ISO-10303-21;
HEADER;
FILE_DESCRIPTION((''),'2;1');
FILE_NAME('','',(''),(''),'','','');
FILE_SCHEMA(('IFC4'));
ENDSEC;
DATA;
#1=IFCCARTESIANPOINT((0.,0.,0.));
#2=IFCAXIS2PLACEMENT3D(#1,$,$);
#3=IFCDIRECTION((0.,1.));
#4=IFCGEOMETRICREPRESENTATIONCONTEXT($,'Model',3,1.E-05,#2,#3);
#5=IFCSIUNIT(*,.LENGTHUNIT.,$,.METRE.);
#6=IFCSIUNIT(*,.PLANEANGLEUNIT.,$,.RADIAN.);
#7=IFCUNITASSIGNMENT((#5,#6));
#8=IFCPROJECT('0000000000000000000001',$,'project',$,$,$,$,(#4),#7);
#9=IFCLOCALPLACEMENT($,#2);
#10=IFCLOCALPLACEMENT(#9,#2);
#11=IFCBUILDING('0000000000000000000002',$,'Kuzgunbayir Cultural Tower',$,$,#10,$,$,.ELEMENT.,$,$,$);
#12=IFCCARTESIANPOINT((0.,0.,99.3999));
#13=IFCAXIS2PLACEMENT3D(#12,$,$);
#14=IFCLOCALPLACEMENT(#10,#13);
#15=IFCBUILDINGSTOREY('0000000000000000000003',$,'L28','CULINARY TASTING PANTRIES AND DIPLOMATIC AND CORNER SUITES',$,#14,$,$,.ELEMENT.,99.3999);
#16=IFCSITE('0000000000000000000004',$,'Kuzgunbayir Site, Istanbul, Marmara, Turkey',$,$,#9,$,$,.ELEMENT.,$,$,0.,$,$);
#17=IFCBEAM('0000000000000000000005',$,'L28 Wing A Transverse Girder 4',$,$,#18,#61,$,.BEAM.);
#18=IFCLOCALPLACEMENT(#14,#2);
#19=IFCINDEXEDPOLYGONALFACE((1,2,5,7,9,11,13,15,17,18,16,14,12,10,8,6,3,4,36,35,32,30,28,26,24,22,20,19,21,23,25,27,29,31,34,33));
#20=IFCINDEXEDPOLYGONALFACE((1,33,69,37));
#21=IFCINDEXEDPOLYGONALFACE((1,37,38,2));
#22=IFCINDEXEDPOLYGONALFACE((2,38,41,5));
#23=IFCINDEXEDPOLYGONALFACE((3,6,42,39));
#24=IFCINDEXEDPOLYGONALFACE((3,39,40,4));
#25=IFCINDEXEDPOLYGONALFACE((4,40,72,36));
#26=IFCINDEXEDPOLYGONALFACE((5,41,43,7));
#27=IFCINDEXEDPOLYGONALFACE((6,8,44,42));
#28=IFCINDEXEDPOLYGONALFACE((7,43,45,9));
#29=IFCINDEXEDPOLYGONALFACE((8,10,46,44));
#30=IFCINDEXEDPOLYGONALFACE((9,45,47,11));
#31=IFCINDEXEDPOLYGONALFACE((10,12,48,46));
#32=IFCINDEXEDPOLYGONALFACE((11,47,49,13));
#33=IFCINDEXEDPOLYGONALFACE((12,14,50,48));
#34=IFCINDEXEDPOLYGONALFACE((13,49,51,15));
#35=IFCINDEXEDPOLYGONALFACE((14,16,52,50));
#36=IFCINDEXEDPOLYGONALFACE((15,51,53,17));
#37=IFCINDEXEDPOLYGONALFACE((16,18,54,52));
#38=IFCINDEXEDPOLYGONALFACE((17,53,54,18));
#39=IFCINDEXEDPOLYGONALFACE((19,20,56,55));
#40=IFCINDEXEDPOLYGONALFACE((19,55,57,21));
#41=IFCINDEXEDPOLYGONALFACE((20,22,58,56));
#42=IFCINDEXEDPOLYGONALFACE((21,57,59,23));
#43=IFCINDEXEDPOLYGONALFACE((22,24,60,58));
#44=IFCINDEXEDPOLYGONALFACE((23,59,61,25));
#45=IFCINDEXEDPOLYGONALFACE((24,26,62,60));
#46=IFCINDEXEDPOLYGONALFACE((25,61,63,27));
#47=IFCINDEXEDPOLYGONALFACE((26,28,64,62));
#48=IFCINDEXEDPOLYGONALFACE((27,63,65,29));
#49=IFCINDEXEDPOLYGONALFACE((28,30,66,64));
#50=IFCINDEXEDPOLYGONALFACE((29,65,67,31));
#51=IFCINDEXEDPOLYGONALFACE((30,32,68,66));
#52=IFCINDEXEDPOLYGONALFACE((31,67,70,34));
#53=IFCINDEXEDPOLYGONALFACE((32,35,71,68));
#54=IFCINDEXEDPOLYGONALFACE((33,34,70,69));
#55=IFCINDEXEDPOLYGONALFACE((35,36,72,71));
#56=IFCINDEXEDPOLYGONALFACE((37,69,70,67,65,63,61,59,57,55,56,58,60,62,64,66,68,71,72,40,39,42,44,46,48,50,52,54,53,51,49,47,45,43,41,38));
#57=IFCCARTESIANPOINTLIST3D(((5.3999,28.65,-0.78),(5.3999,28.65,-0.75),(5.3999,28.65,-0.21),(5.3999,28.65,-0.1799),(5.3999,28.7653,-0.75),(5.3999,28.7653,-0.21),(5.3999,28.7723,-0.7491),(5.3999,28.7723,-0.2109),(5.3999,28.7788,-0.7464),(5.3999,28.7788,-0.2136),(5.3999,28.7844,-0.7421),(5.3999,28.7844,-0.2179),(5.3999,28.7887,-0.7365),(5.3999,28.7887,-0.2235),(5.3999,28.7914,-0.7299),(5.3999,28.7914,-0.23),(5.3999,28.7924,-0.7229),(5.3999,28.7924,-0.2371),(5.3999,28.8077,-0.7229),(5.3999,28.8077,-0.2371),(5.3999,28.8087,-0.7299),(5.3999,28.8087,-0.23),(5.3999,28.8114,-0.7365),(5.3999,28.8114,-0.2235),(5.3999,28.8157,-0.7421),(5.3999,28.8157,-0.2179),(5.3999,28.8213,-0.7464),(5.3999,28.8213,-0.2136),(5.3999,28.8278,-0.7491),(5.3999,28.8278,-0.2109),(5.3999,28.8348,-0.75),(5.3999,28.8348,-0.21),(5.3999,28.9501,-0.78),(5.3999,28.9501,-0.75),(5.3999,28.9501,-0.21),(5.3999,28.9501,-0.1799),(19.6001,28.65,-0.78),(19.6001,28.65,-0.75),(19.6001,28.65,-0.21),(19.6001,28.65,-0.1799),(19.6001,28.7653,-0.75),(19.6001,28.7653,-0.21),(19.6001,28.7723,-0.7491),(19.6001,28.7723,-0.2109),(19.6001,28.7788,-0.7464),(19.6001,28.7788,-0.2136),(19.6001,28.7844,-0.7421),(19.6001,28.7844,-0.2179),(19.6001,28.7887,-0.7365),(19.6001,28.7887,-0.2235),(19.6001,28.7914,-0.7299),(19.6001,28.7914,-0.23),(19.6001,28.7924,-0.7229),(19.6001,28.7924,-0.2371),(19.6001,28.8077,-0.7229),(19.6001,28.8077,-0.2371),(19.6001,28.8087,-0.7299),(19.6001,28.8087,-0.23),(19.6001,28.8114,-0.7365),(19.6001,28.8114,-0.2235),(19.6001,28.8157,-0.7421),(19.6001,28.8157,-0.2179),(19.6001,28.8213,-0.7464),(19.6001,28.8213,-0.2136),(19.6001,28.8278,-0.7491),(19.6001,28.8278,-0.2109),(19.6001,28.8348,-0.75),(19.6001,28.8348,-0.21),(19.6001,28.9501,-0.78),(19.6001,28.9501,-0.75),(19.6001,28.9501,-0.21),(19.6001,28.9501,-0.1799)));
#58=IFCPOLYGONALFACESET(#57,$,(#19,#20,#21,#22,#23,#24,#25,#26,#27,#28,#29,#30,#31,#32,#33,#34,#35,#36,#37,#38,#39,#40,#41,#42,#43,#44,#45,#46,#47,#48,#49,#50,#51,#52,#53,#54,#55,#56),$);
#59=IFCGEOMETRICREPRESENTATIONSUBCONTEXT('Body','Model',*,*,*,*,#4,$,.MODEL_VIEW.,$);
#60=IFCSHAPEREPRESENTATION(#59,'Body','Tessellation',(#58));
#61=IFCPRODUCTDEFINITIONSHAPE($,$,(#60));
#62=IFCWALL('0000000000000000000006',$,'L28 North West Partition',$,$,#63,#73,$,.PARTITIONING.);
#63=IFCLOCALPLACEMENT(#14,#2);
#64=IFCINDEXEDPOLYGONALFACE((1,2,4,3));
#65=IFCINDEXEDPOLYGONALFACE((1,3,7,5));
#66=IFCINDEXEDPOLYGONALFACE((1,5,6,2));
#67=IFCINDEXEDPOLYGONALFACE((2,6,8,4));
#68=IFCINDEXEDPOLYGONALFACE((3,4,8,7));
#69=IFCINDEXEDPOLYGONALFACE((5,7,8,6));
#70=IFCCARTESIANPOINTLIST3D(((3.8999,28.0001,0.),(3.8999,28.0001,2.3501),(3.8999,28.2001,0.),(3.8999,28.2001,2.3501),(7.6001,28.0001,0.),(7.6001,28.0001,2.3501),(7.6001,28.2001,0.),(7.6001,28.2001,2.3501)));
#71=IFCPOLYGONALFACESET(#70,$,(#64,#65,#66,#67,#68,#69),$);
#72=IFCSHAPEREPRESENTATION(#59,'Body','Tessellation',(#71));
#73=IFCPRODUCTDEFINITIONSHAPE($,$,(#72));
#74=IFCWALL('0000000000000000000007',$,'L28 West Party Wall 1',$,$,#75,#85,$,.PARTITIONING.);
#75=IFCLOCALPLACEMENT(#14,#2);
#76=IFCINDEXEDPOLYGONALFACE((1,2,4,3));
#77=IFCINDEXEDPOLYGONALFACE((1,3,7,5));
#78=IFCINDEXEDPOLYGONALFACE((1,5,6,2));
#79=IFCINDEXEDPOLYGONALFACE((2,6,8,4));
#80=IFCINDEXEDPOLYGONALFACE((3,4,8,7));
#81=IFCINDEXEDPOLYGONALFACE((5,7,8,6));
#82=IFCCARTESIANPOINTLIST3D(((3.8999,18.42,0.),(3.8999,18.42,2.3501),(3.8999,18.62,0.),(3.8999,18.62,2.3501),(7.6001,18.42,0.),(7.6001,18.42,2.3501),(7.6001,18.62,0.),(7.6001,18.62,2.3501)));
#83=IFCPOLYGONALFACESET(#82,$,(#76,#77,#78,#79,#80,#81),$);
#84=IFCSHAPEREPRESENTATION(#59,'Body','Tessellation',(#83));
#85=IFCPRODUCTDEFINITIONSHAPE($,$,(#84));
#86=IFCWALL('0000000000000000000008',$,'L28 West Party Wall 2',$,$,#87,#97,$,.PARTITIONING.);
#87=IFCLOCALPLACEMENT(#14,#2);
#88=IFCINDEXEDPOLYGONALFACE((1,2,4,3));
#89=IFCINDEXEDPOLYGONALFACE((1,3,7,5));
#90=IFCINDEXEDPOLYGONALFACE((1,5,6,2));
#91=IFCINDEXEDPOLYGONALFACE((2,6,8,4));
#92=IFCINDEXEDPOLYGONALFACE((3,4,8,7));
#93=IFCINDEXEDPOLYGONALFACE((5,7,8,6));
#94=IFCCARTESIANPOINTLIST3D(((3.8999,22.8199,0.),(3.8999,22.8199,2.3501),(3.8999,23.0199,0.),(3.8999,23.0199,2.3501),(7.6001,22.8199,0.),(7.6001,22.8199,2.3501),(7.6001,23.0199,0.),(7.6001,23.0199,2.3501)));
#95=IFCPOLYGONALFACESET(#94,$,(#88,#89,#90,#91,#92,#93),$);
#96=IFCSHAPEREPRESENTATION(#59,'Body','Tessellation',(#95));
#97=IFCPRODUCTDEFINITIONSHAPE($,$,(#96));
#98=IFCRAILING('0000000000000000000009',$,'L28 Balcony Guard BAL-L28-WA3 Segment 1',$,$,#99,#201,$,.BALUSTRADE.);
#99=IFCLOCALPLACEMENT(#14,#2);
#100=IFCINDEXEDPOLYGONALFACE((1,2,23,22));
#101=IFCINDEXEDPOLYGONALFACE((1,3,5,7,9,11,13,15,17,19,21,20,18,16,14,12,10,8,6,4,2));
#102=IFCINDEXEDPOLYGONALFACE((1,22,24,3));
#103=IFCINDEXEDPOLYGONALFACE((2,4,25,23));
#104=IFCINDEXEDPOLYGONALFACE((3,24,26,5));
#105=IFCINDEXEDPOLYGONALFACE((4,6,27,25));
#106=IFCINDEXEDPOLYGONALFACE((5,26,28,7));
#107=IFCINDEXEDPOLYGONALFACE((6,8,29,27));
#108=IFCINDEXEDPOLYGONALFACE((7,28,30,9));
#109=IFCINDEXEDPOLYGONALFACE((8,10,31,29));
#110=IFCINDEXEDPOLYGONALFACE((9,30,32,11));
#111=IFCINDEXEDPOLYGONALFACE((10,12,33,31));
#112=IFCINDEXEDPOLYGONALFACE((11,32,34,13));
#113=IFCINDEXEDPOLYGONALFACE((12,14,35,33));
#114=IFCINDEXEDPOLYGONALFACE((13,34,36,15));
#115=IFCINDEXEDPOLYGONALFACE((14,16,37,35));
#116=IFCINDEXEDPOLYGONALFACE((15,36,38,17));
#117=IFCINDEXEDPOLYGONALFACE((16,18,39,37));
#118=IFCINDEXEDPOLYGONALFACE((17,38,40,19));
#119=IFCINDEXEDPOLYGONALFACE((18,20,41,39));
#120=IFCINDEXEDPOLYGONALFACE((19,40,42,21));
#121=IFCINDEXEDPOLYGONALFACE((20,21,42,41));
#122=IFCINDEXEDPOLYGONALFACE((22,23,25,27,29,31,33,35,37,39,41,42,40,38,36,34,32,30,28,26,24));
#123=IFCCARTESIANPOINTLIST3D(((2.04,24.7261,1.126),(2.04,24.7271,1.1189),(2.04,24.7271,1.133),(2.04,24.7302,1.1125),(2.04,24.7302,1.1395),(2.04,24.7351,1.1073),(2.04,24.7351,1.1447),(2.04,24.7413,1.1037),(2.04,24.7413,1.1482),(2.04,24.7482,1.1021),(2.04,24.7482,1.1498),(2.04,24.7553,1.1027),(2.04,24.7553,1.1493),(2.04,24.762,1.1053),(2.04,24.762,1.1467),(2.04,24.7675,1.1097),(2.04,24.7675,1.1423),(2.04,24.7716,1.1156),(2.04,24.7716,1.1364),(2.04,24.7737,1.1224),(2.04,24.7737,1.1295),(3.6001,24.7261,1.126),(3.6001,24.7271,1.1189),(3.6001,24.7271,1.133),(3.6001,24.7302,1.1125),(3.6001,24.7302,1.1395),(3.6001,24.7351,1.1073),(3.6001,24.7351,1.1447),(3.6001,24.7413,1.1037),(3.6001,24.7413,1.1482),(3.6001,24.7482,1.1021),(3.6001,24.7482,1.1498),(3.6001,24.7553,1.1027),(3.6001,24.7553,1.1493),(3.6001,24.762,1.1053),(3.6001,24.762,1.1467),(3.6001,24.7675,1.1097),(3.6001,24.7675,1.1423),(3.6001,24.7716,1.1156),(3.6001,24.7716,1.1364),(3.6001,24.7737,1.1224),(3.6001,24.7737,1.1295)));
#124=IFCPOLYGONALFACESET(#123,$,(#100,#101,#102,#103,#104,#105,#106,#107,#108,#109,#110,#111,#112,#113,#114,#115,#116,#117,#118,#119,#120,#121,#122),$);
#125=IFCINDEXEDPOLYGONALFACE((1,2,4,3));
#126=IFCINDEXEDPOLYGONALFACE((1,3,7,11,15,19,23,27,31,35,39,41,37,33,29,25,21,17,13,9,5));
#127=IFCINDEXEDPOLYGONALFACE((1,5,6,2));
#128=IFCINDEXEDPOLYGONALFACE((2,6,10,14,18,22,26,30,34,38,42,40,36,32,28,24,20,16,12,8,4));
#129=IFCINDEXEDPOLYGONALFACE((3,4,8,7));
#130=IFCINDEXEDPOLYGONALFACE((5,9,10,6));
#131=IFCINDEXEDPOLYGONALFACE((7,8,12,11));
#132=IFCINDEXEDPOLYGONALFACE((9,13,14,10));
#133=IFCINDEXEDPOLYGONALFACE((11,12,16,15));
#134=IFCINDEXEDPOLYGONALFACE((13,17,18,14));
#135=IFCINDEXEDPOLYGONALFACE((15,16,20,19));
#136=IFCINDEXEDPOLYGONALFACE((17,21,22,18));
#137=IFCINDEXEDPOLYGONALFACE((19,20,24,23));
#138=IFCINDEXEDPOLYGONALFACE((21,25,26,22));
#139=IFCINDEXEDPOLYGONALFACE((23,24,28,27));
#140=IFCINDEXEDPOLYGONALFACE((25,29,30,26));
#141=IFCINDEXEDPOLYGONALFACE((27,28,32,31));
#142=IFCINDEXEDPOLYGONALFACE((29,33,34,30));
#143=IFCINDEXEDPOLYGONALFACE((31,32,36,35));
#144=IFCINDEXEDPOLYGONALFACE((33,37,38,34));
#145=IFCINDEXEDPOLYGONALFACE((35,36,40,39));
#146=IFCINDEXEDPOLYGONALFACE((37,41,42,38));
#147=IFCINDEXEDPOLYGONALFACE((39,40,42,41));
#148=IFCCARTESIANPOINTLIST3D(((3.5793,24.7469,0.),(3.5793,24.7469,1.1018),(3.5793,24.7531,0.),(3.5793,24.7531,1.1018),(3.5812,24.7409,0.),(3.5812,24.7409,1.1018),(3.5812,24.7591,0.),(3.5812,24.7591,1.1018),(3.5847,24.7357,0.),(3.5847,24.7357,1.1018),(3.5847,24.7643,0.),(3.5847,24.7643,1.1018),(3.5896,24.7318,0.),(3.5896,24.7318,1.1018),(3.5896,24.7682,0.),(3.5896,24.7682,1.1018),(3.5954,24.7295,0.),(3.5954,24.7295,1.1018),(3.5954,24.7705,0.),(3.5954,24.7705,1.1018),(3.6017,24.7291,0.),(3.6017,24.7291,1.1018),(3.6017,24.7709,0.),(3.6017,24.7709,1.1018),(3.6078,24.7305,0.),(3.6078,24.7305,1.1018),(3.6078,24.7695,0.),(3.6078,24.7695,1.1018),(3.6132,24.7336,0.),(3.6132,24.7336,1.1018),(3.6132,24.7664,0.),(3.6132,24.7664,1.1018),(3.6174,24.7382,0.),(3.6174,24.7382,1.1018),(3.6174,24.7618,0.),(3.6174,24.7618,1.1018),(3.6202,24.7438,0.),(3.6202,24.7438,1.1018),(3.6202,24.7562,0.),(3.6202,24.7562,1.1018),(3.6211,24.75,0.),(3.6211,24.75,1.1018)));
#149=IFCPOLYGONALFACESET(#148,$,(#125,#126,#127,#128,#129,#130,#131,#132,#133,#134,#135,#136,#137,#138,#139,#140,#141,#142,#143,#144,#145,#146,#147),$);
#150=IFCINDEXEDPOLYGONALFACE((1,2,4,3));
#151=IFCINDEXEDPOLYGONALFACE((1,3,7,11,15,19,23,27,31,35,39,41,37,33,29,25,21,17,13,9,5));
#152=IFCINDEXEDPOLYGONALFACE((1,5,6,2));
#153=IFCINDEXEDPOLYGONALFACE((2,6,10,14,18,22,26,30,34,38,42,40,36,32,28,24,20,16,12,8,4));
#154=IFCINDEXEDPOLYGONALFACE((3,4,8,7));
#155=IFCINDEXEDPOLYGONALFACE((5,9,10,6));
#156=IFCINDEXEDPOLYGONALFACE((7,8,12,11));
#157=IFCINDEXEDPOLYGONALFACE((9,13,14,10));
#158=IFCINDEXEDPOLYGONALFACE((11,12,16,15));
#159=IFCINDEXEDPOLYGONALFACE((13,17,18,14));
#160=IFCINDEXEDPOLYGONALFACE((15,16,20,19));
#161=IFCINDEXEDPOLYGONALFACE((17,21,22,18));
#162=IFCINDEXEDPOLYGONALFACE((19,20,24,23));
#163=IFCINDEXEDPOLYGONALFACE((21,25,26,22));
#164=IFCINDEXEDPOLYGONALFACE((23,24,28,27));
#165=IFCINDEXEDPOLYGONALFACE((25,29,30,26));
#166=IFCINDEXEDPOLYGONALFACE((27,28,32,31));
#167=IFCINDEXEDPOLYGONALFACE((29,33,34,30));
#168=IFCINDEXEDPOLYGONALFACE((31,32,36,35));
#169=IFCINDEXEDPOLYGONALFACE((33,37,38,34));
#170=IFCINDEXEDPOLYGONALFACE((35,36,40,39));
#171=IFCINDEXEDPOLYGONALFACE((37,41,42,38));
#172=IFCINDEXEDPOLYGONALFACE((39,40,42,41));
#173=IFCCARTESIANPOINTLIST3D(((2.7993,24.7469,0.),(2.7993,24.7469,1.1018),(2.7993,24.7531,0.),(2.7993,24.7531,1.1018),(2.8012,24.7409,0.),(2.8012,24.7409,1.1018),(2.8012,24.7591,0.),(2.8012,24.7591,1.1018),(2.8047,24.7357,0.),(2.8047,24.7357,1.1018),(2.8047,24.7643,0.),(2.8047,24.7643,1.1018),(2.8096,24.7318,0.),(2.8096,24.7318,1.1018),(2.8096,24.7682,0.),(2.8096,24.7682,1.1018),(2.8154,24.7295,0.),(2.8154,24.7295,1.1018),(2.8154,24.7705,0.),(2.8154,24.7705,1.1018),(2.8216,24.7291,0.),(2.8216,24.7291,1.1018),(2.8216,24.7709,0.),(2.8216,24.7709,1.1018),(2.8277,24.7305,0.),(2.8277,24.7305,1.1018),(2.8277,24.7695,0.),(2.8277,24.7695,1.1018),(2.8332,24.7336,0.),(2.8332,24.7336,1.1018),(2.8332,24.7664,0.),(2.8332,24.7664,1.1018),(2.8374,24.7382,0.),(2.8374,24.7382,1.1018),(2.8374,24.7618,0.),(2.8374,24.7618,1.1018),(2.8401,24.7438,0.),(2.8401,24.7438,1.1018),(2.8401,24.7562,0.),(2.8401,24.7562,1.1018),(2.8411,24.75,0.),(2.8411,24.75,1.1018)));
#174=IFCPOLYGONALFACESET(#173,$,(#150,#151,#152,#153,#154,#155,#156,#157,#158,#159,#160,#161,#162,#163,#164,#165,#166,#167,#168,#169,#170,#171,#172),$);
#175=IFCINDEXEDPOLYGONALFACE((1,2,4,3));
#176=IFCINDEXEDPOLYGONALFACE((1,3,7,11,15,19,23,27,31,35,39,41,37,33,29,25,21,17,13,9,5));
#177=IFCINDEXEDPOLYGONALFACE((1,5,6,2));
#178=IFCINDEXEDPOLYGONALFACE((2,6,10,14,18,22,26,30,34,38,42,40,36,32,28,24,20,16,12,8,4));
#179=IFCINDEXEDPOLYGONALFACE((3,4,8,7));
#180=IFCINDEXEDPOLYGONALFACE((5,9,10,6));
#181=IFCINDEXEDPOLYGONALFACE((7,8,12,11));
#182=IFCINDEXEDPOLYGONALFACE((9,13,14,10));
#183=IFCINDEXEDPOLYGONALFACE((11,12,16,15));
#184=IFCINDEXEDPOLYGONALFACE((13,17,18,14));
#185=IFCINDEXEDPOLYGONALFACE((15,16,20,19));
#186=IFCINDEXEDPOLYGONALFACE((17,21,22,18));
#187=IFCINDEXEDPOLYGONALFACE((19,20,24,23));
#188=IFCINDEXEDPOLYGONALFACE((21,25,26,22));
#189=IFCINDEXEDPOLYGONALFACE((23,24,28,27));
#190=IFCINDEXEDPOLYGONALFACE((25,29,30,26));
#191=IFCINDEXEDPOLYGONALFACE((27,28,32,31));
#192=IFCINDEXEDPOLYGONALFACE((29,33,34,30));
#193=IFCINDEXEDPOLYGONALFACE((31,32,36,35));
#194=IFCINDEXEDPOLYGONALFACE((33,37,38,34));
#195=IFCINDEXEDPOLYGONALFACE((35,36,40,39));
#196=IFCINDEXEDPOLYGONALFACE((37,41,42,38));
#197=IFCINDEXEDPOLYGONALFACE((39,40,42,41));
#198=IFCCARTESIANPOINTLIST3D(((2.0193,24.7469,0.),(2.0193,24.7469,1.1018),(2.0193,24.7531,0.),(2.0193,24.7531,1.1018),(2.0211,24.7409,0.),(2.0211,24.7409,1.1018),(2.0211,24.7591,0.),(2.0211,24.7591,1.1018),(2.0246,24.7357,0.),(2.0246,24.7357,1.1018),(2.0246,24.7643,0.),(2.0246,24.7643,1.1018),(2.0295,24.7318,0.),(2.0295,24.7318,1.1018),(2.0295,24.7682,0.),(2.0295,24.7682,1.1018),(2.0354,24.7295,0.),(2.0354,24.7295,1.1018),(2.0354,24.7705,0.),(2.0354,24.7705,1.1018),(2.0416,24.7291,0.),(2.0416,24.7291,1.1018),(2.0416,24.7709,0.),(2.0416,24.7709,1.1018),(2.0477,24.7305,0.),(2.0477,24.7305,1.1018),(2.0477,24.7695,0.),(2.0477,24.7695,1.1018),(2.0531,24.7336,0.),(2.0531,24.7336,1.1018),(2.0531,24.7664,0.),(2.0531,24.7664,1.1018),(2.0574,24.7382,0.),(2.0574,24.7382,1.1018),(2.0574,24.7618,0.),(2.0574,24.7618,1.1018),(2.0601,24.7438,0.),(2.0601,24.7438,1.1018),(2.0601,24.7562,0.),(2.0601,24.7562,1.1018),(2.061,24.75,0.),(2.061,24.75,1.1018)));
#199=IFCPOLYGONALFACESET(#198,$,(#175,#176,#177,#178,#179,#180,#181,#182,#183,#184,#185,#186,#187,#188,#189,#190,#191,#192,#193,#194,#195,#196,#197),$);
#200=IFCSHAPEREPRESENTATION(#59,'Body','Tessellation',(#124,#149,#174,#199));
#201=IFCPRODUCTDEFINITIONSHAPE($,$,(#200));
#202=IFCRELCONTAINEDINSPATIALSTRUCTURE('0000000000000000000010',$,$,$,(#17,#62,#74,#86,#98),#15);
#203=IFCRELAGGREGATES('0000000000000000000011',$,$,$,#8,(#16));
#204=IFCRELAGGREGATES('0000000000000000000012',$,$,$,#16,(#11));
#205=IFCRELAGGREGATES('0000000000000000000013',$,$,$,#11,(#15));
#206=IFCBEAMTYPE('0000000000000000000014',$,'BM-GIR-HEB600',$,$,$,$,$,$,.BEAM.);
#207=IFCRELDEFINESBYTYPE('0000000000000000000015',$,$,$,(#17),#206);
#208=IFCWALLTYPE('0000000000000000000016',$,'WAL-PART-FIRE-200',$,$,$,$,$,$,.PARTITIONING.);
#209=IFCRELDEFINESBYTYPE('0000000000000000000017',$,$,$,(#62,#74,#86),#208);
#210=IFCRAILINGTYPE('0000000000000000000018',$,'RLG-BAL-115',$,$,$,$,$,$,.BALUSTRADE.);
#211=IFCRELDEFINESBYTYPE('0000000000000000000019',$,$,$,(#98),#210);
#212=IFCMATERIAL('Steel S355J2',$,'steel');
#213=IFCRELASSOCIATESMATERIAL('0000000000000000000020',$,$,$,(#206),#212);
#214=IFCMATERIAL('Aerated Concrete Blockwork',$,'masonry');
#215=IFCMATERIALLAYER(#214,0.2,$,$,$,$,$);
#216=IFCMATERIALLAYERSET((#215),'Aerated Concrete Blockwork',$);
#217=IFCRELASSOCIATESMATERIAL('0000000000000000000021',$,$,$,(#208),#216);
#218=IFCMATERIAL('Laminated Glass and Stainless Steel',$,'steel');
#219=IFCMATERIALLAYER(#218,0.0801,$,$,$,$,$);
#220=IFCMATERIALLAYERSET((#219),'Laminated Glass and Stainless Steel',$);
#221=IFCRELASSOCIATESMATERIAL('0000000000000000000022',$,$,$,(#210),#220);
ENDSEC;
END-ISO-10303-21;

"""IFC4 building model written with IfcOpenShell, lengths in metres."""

from ifc_helpers import new_model, si_unit, direction, frame, frame_2d, origin, origin_2d, place, context, subcontext, project, spatial, rectangle, circle, i_section, extrude, material, layer, layer_set, material_profile, profile_set, type_object, element, save


model = new_model("IFC4")

# Units and contexts
model_context = context("Model", 3, precision=1e-05, world=origin(), true_north=direction((0.0, 1.0)))
body_context = subcontext(model_context, "Body", "Model", "MODEL_VIEW")
ifc_project = project(units=[si_unit("LENGTHUNIT", "METRE"), si_unit("PLANEANGLEUNIT", "RADIAN")], contexts=[model_context])

# Site, building, storey
site_placement = place(None, origin())
site = spatial("IfcSite", under=ifc_project, at=site_placement, Name="Kuzgunbayir Site, Istanbul, Marmara, Turkey", CompositionType="ELEMENT", RefElevation=0.0)
building_placement = place(site_placement, origin())
building = spatial("IfcBuilding", under=site, at=building_placement, Name="Kuzgunbayir Cultural Tower", CompositionType="ELEMENT")
storey_placement = place(building_placement, frame((0.0, 0.0, 99.3999)))
storey = spatial("IfcBuildingStorey", under=building, at=storey_placement, Name="L28", Description="CULINARY TASTING PANTRIES AND DIPLOMATIC AND CORNER SUITES", CompositionType="ELEMENT", Elevation=99.3999)

# Beam
ifc_material_1 = material(Name="Steel S355J2", Category="steel")
ifc_material_profile_1 = material_profile(ifc_material_1, i_section(OverallWidth=0.3, OverallDepth=0.6001, WebThickness=0.0154, FlangeThickness=0.03, FilletRadius=0.0271, at=origin_2d()), Name="HEB 600")
ifc_profile_set_1 = profile_set([ifc_material_profile_1], Name="Steel S355J2")
beam_type_1 = type_object("IfcBeamType", Name="BM-GIR-HEB600", PredefinedType="BEAM", material=ifc_profile_set_1)
for number, where, z_axis, x_axis, name in (
    (1, (5.3999, 28.8, -0.48), (1.0, 0.0, 0.0), (0.0, 1.0, 0.0), "L28 Wing A Transverse Girder 4"),
):
    element("IfcBeam", number, at=place(storey_placement, frame(where, z_axis=z_axis, x_axis=x_axis)), inside=storey, type_object=beam_type_1, Name=name, PredefinedType="BEAM", context=body_context, shape_type="SweptSolid", body=[
        extrude(i_section(OverallWidth=0.3, OverallDepth=0.6001, WebThickness=0.0154, FlangeThickness=0.03, FilletRadius=0.0271, at=origin_2d()), origin(), (0.0, 0.0, 1.0), 14.2002),
    ])

# Walls
ifc_material_2 = material(Name="Aerated Concrete Blockwork", Category="masonry")
ifc_layer_1 = layer(ifc_material_2, 0.2)
ifc_layer_set_1 = layer_set([ifc_layer_1], Name="Aerated Concrete Blockwork")
wall_type = type_object("IfcWallType", Name="WAL-PART-FIRE-200", PredefinedType="PARTITIONING", material=ifc_layer_set_1)
for number, where, z_axis, x_axis, name in (
    (2, (3.8999, 28.1001, 0.0), (0.0, 0.0, 1.0), (1.0, 0.0, 0.0), "L28 North West Partition"),
    (3, (3.8999, 18.52, 0.0), (0.0, 0.0, 1.0), (1.0, 0.0, 0.0), "L28 West Party Wall 1"),
    (4, (3.8999, 22.9199, 0.0), (0.0, 0.0, 1.0), (1.0, 0.0, 0.0), "L28 West Party Wall 2"),
):
    element("IfcWall", number, at=place(storey_placement, frame(where, z_axis=z_axis, x_axis=x_axis)), inside=storey, type_object=wall_type, Name=name, PredefinedType="PARTITIONING", context=body_context, shape_type="SweptSolid", body=[
        extrude(rectangle(XDim=3.7002, YDim=0.2, at=frame_2d((1.8501, 0.0))), origin(), (0.0, 0.0, 1.0), 2.3501),
    ])

# Railing
ifc_material_3 = material(Name="Laminated Glass and Stainless Steel", Category="steel")
ifc_layer_2 = layer(ifc_material_3, 0.0801)
ifc_layer_set_2 = layer_set([ifc_layer_2], Name="Laminated Glass and Stainless Steel")
railing_type = type_object("IfcRailingType", Name="RLG-BAL-115", PredefinedType="BALUSTRADE", material=ifc_layer_set_2)
railing_1_placement = place(storey_placement, frame((3.6001, 24.75, 0.0)))
element("IfcRailing", 5, at=railing_1_placement, inside=storey, type_object=railing_type, Name="L28 Balcony Guard BAL-L28-WA3 Segment 1", PredefinedType="BALUSTRADE", context=body_context, shape_type="SweptSolid", body=[
    extrude(circle(Radius=0.0239, at=origin_2d()), frame((0.0, 0.0, 1.126), z_axis=(-1.0, 0.0, 0.0), x_axis=(0.0, -1.0, 0.0)), (0.0, 0.0, 1.0), 1.5601),
    extrude(circle(Radius=0.021, at=origin_2d()), origin(), (0.0, 0.0, 1.0), 1.1018),
    extrude(circle(Radius=0.021, at=origin_2d()), frame((-0.78, 0.0, 0.0)), (0.0, 0.0, 1.0), 1.1018),
    extrude(circle(Radius=0.021, at=origin_2d()), frame((-1.5601, 0.0, 0.0)), (0.0, 0.0, 1.0), 1.1018),
])

save(model, "model.ifc")
